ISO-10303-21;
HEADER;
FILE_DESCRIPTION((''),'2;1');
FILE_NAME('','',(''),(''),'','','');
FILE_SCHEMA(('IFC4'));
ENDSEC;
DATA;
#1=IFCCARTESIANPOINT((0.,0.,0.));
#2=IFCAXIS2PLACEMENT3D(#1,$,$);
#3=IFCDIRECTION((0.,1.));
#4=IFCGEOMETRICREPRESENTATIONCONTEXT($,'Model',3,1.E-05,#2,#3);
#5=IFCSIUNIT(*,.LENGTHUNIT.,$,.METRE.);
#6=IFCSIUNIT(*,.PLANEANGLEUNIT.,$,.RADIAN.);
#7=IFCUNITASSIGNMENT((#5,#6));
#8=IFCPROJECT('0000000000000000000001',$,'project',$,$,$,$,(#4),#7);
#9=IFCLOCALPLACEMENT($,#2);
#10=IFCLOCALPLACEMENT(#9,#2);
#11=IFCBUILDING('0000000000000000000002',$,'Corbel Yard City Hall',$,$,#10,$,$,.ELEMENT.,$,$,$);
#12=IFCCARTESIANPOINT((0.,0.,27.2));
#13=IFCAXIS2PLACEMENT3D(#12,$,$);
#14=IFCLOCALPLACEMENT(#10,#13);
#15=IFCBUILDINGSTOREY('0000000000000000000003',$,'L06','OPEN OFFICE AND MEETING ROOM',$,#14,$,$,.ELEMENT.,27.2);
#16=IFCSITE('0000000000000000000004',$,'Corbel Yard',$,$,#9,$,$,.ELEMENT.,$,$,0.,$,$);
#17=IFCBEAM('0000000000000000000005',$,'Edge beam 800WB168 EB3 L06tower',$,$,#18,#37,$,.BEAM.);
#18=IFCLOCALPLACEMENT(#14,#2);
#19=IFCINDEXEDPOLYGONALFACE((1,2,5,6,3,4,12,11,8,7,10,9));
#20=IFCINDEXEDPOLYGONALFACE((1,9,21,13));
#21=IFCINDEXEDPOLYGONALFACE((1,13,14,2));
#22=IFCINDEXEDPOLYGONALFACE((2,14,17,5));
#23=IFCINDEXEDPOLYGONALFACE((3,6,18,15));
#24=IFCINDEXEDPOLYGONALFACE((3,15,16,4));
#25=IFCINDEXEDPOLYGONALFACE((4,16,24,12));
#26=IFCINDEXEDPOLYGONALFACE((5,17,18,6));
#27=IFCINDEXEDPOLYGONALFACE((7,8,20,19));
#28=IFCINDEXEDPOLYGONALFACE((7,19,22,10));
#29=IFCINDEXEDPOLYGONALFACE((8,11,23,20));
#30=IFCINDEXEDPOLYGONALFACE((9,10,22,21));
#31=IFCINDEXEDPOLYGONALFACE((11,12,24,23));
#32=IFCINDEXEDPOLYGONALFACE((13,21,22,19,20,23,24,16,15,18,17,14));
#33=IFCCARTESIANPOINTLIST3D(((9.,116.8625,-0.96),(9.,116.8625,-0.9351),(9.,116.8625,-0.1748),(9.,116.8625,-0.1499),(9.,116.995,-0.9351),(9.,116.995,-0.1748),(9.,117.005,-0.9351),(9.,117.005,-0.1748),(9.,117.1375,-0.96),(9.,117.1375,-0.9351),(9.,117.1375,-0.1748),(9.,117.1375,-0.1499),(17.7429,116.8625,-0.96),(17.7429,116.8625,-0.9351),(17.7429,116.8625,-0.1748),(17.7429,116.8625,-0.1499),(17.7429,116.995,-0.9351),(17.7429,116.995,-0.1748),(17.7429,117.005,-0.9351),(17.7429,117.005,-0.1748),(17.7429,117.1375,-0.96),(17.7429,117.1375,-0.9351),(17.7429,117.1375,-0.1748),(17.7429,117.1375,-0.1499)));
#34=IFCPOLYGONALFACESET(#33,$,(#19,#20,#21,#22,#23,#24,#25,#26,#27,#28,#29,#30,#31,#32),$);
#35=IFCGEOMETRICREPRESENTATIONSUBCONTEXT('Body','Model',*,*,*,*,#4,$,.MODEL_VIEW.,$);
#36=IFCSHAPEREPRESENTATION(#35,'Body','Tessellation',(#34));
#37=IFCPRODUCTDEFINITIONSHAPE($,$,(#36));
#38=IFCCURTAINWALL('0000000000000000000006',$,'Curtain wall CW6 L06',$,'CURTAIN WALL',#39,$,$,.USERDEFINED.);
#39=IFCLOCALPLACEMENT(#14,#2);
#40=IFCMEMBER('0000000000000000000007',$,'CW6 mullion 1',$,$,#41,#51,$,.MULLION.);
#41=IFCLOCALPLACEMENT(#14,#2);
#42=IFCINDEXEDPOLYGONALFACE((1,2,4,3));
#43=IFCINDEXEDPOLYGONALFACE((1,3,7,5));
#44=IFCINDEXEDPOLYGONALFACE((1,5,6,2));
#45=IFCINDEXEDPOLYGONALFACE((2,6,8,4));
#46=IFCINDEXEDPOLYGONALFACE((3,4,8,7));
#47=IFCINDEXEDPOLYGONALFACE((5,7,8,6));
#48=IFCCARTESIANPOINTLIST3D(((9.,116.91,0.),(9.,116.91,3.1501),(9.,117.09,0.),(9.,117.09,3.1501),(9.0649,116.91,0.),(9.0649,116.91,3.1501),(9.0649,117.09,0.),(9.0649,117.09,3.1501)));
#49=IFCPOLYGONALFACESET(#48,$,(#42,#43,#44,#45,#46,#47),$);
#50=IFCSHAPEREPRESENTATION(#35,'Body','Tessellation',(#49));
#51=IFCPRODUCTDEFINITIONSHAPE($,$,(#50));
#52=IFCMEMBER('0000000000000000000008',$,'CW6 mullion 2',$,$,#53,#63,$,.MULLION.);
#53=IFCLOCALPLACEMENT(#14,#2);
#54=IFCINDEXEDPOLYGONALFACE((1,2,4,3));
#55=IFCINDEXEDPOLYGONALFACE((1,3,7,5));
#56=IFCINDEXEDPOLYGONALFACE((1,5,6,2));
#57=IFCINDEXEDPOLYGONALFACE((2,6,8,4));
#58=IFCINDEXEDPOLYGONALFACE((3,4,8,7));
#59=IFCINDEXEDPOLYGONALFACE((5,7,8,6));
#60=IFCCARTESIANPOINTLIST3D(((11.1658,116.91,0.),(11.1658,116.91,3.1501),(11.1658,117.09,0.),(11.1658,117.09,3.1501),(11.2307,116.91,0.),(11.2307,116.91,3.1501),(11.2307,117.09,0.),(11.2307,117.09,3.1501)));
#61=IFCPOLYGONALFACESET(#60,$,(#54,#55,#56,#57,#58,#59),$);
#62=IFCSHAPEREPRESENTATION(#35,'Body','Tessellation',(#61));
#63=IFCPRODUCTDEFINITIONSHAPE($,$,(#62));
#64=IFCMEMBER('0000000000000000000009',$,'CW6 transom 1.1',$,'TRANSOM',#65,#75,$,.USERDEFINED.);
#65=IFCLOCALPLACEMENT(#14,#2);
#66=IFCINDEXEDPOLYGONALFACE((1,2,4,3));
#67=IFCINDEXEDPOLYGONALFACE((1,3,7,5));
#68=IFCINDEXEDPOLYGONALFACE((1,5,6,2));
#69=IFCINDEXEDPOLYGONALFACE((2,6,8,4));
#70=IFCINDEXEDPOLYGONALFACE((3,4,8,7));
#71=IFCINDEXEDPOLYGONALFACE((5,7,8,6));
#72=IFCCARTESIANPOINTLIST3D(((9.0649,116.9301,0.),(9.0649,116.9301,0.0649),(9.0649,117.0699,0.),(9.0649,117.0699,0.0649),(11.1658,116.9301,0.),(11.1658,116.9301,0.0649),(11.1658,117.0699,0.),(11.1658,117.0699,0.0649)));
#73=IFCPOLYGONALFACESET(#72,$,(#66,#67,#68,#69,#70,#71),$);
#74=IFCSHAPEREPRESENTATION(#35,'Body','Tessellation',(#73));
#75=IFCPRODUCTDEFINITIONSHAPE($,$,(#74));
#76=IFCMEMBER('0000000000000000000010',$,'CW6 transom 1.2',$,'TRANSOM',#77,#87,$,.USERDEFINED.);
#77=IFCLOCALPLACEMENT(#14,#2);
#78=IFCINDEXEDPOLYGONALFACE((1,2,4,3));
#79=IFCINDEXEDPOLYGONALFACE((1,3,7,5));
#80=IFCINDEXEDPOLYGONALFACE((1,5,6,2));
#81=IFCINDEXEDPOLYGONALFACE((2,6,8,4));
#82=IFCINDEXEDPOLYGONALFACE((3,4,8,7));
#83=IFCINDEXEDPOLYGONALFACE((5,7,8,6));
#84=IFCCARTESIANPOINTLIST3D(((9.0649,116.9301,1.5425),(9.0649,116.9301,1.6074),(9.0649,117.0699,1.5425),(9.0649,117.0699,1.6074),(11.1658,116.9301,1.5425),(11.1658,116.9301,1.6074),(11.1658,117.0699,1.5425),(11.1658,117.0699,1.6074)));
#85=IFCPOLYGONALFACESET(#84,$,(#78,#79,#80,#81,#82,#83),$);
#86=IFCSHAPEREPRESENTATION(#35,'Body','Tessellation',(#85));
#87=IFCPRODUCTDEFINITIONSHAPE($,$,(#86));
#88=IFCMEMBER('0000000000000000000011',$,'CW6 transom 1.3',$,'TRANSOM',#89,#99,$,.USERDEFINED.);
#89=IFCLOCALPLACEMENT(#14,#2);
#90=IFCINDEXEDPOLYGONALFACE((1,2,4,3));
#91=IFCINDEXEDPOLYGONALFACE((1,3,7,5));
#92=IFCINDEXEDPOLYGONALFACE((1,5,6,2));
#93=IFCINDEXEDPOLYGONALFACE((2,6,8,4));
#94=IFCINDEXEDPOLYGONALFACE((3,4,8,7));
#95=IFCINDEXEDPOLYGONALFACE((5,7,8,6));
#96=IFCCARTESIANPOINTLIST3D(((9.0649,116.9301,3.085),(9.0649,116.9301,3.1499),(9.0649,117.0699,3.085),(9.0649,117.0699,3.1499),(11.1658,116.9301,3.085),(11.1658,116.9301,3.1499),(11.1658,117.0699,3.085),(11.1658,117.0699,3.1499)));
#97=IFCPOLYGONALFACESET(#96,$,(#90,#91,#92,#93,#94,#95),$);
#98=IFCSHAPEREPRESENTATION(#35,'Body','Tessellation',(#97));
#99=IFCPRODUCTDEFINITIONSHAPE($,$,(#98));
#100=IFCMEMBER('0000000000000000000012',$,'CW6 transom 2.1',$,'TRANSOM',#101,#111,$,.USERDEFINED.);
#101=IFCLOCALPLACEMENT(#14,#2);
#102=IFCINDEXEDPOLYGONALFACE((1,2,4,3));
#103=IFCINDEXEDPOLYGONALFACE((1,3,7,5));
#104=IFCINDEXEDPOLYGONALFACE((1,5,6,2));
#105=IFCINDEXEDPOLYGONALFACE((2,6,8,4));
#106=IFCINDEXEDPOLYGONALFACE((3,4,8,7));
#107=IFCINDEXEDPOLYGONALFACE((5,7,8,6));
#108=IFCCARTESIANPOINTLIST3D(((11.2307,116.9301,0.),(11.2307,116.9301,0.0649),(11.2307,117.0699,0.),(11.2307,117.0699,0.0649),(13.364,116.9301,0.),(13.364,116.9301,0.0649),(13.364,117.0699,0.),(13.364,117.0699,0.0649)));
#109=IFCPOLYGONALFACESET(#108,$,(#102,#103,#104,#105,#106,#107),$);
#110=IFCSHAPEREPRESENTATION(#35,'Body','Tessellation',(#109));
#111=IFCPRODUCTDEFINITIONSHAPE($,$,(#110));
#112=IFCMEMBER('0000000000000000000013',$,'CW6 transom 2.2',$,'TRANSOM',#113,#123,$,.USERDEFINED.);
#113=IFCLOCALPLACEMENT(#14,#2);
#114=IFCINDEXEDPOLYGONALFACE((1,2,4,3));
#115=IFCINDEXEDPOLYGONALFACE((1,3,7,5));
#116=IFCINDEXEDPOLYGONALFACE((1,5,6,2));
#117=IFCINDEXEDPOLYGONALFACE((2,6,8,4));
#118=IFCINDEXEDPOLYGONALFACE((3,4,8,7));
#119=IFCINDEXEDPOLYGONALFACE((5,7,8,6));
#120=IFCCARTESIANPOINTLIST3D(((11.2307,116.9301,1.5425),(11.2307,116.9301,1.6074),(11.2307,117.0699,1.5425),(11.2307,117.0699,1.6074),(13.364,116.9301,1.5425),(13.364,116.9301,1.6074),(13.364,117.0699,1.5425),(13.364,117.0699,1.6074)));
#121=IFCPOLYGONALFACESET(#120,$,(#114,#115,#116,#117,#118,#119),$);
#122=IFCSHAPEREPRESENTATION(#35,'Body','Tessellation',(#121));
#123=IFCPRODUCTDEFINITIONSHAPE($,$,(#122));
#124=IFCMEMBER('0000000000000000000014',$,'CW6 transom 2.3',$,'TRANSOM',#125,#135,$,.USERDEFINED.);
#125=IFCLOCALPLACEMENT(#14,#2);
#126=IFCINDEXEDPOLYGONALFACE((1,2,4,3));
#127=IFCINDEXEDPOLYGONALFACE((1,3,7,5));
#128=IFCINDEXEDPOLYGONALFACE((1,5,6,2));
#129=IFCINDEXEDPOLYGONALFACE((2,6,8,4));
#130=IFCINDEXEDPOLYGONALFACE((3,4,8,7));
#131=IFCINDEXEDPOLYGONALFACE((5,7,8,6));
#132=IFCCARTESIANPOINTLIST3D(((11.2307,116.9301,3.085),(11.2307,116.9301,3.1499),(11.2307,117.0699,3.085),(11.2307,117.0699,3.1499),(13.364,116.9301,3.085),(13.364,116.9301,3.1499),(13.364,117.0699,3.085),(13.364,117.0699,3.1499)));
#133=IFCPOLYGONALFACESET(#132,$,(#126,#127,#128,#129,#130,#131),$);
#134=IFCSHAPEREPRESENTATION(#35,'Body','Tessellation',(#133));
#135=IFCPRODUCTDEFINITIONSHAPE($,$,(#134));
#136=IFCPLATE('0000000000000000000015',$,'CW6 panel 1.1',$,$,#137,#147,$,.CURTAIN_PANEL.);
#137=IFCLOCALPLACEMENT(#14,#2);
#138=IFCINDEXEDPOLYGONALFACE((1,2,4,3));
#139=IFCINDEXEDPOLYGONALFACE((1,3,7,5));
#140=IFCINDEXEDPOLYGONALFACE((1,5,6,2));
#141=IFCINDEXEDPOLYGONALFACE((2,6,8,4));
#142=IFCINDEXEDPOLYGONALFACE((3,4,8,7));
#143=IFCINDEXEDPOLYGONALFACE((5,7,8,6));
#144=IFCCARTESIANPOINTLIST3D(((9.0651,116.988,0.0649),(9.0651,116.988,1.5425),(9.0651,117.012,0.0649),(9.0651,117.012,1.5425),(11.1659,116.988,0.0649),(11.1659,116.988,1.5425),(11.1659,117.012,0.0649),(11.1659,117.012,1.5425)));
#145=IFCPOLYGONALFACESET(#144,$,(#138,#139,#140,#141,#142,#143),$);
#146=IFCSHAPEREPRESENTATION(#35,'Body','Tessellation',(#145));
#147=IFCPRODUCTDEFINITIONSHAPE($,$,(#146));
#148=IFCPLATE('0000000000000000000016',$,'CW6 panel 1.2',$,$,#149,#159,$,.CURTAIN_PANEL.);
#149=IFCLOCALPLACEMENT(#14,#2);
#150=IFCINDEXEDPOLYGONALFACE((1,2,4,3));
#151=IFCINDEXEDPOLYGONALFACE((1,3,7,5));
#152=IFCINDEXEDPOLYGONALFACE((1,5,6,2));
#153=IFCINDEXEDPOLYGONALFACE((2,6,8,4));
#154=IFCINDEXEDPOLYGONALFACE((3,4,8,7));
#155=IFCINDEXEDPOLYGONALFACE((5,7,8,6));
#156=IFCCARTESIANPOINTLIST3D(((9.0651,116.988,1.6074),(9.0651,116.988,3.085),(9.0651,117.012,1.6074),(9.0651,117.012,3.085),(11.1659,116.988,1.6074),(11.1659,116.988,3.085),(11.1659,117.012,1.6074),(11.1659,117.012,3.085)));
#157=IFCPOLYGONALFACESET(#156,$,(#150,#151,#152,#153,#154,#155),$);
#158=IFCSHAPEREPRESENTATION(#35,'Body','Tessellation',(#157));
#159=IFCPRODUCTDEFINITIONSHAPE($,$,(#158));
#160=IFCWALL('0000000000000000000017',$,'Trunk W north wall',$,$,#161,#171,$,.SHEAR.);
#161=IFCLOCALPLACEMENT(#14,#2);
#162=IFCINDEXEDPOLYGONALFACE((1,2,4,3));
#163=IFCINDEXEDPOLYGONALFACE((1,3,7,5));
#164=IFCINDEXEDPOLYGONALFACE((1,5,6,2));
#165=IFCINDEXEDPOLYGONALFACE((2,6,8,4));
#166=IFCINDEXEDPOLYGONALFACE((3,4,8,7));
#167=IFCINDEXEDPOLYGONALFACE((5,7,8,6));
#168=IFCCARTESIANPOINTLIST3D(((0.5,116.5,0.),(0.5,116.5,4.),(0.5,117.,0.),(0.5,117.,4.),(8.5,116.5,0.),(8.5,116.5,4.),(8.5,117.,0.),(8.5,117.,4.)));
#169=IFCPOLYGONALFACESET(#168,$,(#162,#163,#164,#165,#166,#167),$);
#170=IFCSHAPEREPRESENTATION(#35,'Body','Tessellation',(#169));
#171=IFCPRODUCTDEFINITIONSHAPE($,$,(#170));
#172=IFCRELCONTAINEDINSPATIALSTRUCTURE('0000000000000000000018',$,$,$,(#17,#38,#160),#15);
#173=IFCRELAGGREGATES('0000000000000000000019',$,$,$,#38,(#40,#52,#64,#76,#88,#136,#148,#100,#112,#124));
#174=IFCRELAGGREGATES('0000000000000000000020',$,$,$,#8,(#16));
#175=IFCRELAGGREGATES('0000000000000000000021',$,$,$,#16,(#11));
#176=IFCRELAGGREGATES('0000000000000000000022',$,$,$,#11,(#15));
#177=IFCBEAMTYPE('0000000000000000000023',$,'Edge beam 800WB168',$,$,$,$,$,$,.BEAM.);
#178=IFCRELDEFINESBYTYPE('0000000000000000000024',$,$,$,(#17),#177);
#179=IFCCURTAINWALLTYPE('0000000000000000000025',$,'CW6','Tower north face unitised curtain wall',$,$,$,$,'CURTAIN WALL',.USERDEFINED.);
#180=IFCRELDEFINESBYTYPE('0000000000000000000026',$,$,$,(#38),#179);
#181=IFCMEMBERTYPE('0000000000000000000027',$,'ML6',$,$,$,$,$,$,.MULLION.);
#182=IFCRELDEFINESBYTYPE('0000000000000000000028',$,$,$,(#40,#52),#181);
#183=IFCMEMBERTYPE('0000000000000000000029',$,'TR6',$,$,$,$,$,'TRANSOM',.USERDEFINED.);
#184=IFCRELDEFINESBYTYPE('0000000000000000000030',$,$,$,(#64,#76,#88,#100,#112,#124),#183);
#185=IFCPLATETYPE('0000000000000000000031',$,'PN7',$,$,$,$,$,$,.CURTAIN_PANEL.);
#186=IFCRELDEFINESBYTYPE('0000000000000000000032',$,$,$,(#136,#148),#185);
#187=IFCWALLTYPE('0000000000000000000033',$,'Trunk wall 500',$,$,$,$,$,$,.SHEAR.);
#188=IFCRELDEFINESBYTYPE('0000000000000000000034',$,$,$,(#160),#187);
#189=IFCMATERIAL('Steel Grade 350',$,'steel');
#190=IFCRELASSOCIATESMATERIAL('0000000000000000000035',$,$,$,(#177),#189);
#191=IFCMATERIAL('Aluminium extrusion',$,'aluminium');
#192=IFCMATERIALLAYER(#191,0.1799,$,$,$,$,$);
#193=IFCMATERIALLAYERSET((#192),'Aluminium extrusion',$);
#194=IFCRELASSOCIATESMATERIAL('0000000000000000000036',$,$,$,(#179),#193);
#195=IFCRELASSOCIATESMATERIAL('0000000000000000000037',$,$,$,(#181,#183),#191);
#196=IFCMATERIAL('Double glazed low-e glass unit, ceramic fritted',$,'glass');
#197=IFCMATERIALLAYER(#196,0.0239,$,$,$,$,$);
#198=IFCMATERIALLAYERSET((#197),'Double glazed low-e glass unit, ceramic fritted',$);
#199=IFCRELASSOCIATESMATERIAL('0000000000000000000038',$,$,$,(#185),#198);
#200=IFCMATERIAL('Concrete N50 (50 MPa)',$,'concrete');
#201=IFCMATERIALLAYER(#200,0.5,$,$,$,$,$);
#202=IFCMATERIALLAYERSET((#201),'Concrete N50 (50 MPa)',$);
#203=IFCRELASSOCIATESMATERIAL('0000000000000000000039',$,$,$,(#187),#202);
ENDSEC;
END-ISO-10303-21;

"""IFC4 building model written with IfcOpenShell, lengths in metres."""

from ifc_helpers import new_model, si_unit, direction, frame, frame_2d, origin, origin_2d, place, context, subcontext, project, spatial, rectangle, i_section, extrude, material, layer, layer_set, material_profile, profile_set, type_object, element, aggregate, save


model = new_model("IFC4")

# Units and contexts
model_context = context("Model", 3, precision=1e-05, world=origin(), true_north=direction((0.0, 1.0)))
body_context = subcontext(model_context, "Body", "Model", "MODEL_VIEW")
ifc_project = project(units=[si_unit("LENGTHUNIT", "METRE"), si_unit("PLANEANGLEUNIT", "RADIAN")], contexts=[model_context])

# Site, building, storey
site_placement = place(None, origin())
site = spatial("IfcSite", under=ifc_project, at=site_placement, Name="Corbel Yard", CompositionType="ELEMENT", RefElevation=0.0)
building_placement = place(site_placement, origin())
building = spatial("IfcBuilding", under=site, at=building_placement, Name="Corbel Yard City Hall", CompositionType="ELEMENT")
storey_placement = place(building_placement, frame((0.0, 0.0, 27.2)))
storey = spatial("IfcBuildingStorey", under=building, at=storey_placement, Name="L06", Description="OPEN OFFICE AND MEETING ROOM", CompositionType="ELEMENT", Elevation=27.2)

# Beam
ifc_material_1 = material(Name="Steel Grade 350", Category="steel")
ifc_material_profile_1 = material_profile(ifc_material_1, i_section(OverallWidth=0.2749, OverallDepth=0.8101, WebThickness=0.01, FlangeThickness=0.0249, at=origin_2d()), Name="800WB168")
ifc_profile_set_1 = profile_set([ifc_material_profile_1], Name="Steel Grade 350")
beam_type = type_object("IfcBeamType", Name="Edge beam 800WB168", PredefinedType="BEAM", material=ifc_profile_set_1)
beam_placement = place(storey_placement, frame((9.0, 117.0, -0.5549), z_axis=(1.0, 0.0, 0.0), x_axis=(0.0, 1.0, 0.0)))
element("IfcBeam", 1, at=beam_placement, inside=storey, type_object=beam_type, Name="Edge beam 800WB168 EB3 L06tower", PredefinedType="BEAM", context=body_context, shape_type="SweptSolid", body=[
    extrude(i_section(OverallWidth=0.2749, OverallDepth=0.8101, WebThickness=0.01, FlangeThickness=0.0249, at=origin_2d()), origin(), (0.0, 0.0, 1.0), 8.7429),
])

# Curtain wall, members, plates
ifc_material_2 = material(Name="Aluminium extrusion", Category="aluminium")
ifc_layer_1 = layer(ifc_material_2, 0.1799)
ifc_layer_set_1 = layer_set([ifc_layer_1], Name="Aluminium extrusion")
curtain_wall_type = type_object("IfcCurtainWallType", Name="CW6", Description="Tower north face unitised curtain wall", ElementType="CURTAIN WALL", PredefinedType="USERDEFINED", material=ifc_layer_set_1)
curtain_wall_placement = place(storey_placement, origin())
curtain_wall = element("IfcCurtainWall", 2, at=curtain_wall_placement, inside=storey, type_object=curtain_wall_type, Name="Curtain wall CW6 L06", ObjectType="CURTAIN WALL", PredefinedType="USERDEFINED")
ifc_material_profile_2 = material_profile(ifc_material_2, rectangle(XDim=0.1799, YDim=0.0649, at=origin_2d()), Name="180x65")
ifc_profile_set_2 = profile_set([ifc_material_profile_2], Name="Aluminium extrusion")
member_type_1 = type_object("IfcMemberType", Name="ML6", PredefinedType="MULLION", material=ifc_profile_set_2)
member_1_placement = place(storey_placement, frame((9.0325, 117.0, 0.0), z_axis=(0.0, 0.0, 1.0), x_axis=(0.0, 1.0, 0.0)))
member_1 = element("IfcMember", 3, at=member_1_placement, type_object=member_type_1, Name="CW6 mullion 1", PredefinedType="MULLION", context=body_context, shape_type="SweptSolid", body=[
    extrude(rectangle(XDim=0.1799, YDim=0.0649, at=origin_2d()), origin(), (0.0, 0.0, 1.0), 3.1501),
])
member_2_placement = place(storey_placement, frame((11.1982, 117.0, 0.0), z_axis=(0.0, 0.0, 1.0), x_axis=(0.0, 1.0, 0.0)))
member_2 = element("IfcMember", 4, at=member_2_placement, type_object=member_type_1, Name="CW6 mullion 2", PredefinedType="MULLION", context=body_context, shape_type="SweptSolid", body=[
    extrude(rectangle(XDim=0.1799, YDim=0.0649, at=origin_2d()), origin(), (0.0, 0.0, 1.0), 3.1501),
])
ifc_material_profile_3 = material_profile(ifc_material_2, rectangle(XDim=0.1399, YDim=0.0649, at=origin_2d()), Name="140x65")
ifc_profile_set_3 = profile_set([ifc_material_profile_3], Name="Aluminium extrusion")
member_type_2 = type_object("IfcMemberType", Name="TR6", ElementType="TRANSOM", PredefinedType="USERDEFINED", material=ifc_profile_set_3)
member_3_placement = place(storey_placement, frame((9.0649, 117.0, 0.0325), z_axis=(1.0, 0.0, 0.0), x_axis=(0.0, 1.0, 0.0)))
member_3 = element("IfcMember", 5, at=member_3_placement, type_object=member_type_2, Name="CW6 transom 1.1", ObjectType="TRANSOM", PredefinedType="USERDEFINED", context=body_context, shape_type="SweptSolid", body=[
    extrude(rectangle(XDim=0.1399, YDim=0.0649, at=origin_2d()), origin(), (0.0, 0.0, 1.0), 2.1008),
])
member_4_placement = place(storey_placement, frame((9.0649, 117.0, 1.575), z_axis=(1.0, 0.0, 0.0), x_axis=(0.0, 1.0, 0.0)))
member_4 = element("IfcMember", 6, at=member_4_placement, type_object=member_type_2, Name="CW6 transom 1.2", ObjectType="TRANSOM", PredefinedType="USERDEFINED", context=body_context, shape_type="SweptSolid", body=[
    extrude(rectangle(XDim=0.1399, YDim=0.0649, at=origin_2d()), origin(), (0.0, 0.0, 1.0), 2.1008),
])
member_5_placement = place(storey_placement, frame((9.0649, 117.0, 3.1174), z_axis=(1.0, 0.0, 0.0), x_axis=(0.0, 1.0, 0.0)))
member_5 = element("IfcMember", 7, at=member_5_placement, type_object=member_type_2, Name="CW6 transom 1.3", ObjectType="TRANSOM", PredefinedType="USERDEFINED", context=body_context, shape_type="SweptSolid", body=[
    extrude(rectangle(XDim=0.1399, YDim=0.0649, at=origin_2d()), origin(), (0.0, 0.0, 1.0), 2.1008),
])
member_6_placement = place(storey_placement, frame((11.2307, 117.0, 0.0325), z_axis=(1.0, 0.0, 0.0), x_axis=(0.0, 1.0, 0.0)))
member_6 = element("IfcMember", 8, at=member_6_placement, type_object=member_type_2, Name="CW6 transom 2.1", ObjectType="TRANSOM", PredefinedType="USERDEFINED", context=body_context, shape_type="SweptSolid", body=[
    extrude(rectangle(XDim=0.1399, YDim=0.0649, at=origin_2d()), origin(), (0.0, 0.0, 1.0), 2.1333),
])
member_7_placement = place(storey_placement, frame((11.2307, 117.0, 1.575), z_axis=(1.0, 0.0, 0.0), x_axis=(0.0, 1.0, 0.0)))
member_7 = element("IfcMember", 9, at=member_7_placement, type_object=member_type_2, Name="CW6 transom 2.2", ObjectType="TRANSOM", PredefinedType="USERDEFINED", context=body_context, shape_type="SweptSolid", body=[
    extrude(rectangle(XDim=0.1399, YDim=0.0649, at=origin_2d()), origin(), (0.0, 0.0, 1.0), 2.1333),
])
member_8_placement = place(storey_placement, frame((11.2307, 117.0, 3.1174), z_axis=(1.0, 0.0, 0.0), x_axis=(0.0, 1.0, 0.0)))
member_8 = element("IfcMember", 10, at=member_8_placement, type_object=member_type_2, Name="CW6 transom 2.3", ObjectType="TRANSOM", PredefinedType="USERDEFINED", context=body_context, shape_type="SweptSolid", body=[
    extrude(rectangle(XDim=0.1399, YDim=0.0649, at=origin_2d()), origin(), (0.0, 0.0, 1.0), 2.1333),
])
ifc_material_3 = material(Name="Double glazed low-e glass unit, ceramic fritted", Category="glass")
ifc_layer_2 = layer(ifc_material_3, 0.0239)
ifc_layer_set_2 = layer_set([ifc_layer_2], Name="Double glazed low-e glass unit, ceramic fritted")
plate_type = type_object("IfcPlateType", Name="PN7", PredefinedType="CURTAIN_PANEL", material=ifc_layer_set_2)
plate_1_placement = place(storey_placement, frame((10.1155, 117.0, 0.0649), z_axis=(0.0, 0.0, 1.0), x_axis=(1.0, 0.0, 0.0)))
plate_1 = element("IfcPlate", 11, at=plate_1_placement, type_object=plate_type, Name="CW6 panel 1.1", PredefinedType="CURTAIN_PANEL", context=body_context, shape_type="SweptSolid", body=[
    extrude(rectangle(XDim=2.1008, YDim=0.0239, at=origin_2d()), origin(), (0.0, 0.0, 1.0), 1.4775),
])
plate_2_placement = place(storey_placement, frame((10.1155, 117.0, 1.6074), z_axis=(0.0, 0.0, 1.0), x_axis=(1.0, 0.0, 0.0)))
plate_2 = element("IfcPlate", 12, at=plate_2_placement, type_object=plate_type, Name="CW6 panel 1.2", PredefinedType="CURTAIN_PANEL", context=body_context, shape_type="SweptSolid", body=[
    extrude(rectangle(XDim=2.1008, YDim=0.0239, at=origin_2d()), origin(), (0.0, 0.0, 1.0), 1.4775),
])
aggregate(curtain_wall, [member_1, member_2, member_3, member_4, member_5, plate_1, plate_2, member_6, member_7, member_8])

# Wall
ifc_material_4 = material(Name="Concrete N50 (50 MPa)", Category="concrete")
ifc_layer_3 = layer(ifc_material_4, 0.5)
ifc_layer_set_3 = layer_set([ifc_layer_3], Name="Concrete N50 (50 MPa)")
wall_type = type_object("IfcWallType", Name="Trunk wall 500", PredefinedType="SHEAR", material=ifc_layer_set_3)
wall_placement = place(storey_placement, frame((0.5, 116.75, 0.0), z_axis=(0.0, 0.0, 1.0), x_axis=(1.0, 0.0, 0.0)))
element("IfcWall", 13, at=wall_placement, inside=storey, type_object=wall_type, Name="Trunk W north wall", PredefinedType="SHEAR", context=body_context, shape_type="SweptSolid", body=[
    extrude(rectangle(XDim=8.0, YDim=0.5, at=frame_2d((4.0, 0.0))), origin(), (0.0, 0.0, 1.0), 4.0),
])

save(model, "model.ifc")
